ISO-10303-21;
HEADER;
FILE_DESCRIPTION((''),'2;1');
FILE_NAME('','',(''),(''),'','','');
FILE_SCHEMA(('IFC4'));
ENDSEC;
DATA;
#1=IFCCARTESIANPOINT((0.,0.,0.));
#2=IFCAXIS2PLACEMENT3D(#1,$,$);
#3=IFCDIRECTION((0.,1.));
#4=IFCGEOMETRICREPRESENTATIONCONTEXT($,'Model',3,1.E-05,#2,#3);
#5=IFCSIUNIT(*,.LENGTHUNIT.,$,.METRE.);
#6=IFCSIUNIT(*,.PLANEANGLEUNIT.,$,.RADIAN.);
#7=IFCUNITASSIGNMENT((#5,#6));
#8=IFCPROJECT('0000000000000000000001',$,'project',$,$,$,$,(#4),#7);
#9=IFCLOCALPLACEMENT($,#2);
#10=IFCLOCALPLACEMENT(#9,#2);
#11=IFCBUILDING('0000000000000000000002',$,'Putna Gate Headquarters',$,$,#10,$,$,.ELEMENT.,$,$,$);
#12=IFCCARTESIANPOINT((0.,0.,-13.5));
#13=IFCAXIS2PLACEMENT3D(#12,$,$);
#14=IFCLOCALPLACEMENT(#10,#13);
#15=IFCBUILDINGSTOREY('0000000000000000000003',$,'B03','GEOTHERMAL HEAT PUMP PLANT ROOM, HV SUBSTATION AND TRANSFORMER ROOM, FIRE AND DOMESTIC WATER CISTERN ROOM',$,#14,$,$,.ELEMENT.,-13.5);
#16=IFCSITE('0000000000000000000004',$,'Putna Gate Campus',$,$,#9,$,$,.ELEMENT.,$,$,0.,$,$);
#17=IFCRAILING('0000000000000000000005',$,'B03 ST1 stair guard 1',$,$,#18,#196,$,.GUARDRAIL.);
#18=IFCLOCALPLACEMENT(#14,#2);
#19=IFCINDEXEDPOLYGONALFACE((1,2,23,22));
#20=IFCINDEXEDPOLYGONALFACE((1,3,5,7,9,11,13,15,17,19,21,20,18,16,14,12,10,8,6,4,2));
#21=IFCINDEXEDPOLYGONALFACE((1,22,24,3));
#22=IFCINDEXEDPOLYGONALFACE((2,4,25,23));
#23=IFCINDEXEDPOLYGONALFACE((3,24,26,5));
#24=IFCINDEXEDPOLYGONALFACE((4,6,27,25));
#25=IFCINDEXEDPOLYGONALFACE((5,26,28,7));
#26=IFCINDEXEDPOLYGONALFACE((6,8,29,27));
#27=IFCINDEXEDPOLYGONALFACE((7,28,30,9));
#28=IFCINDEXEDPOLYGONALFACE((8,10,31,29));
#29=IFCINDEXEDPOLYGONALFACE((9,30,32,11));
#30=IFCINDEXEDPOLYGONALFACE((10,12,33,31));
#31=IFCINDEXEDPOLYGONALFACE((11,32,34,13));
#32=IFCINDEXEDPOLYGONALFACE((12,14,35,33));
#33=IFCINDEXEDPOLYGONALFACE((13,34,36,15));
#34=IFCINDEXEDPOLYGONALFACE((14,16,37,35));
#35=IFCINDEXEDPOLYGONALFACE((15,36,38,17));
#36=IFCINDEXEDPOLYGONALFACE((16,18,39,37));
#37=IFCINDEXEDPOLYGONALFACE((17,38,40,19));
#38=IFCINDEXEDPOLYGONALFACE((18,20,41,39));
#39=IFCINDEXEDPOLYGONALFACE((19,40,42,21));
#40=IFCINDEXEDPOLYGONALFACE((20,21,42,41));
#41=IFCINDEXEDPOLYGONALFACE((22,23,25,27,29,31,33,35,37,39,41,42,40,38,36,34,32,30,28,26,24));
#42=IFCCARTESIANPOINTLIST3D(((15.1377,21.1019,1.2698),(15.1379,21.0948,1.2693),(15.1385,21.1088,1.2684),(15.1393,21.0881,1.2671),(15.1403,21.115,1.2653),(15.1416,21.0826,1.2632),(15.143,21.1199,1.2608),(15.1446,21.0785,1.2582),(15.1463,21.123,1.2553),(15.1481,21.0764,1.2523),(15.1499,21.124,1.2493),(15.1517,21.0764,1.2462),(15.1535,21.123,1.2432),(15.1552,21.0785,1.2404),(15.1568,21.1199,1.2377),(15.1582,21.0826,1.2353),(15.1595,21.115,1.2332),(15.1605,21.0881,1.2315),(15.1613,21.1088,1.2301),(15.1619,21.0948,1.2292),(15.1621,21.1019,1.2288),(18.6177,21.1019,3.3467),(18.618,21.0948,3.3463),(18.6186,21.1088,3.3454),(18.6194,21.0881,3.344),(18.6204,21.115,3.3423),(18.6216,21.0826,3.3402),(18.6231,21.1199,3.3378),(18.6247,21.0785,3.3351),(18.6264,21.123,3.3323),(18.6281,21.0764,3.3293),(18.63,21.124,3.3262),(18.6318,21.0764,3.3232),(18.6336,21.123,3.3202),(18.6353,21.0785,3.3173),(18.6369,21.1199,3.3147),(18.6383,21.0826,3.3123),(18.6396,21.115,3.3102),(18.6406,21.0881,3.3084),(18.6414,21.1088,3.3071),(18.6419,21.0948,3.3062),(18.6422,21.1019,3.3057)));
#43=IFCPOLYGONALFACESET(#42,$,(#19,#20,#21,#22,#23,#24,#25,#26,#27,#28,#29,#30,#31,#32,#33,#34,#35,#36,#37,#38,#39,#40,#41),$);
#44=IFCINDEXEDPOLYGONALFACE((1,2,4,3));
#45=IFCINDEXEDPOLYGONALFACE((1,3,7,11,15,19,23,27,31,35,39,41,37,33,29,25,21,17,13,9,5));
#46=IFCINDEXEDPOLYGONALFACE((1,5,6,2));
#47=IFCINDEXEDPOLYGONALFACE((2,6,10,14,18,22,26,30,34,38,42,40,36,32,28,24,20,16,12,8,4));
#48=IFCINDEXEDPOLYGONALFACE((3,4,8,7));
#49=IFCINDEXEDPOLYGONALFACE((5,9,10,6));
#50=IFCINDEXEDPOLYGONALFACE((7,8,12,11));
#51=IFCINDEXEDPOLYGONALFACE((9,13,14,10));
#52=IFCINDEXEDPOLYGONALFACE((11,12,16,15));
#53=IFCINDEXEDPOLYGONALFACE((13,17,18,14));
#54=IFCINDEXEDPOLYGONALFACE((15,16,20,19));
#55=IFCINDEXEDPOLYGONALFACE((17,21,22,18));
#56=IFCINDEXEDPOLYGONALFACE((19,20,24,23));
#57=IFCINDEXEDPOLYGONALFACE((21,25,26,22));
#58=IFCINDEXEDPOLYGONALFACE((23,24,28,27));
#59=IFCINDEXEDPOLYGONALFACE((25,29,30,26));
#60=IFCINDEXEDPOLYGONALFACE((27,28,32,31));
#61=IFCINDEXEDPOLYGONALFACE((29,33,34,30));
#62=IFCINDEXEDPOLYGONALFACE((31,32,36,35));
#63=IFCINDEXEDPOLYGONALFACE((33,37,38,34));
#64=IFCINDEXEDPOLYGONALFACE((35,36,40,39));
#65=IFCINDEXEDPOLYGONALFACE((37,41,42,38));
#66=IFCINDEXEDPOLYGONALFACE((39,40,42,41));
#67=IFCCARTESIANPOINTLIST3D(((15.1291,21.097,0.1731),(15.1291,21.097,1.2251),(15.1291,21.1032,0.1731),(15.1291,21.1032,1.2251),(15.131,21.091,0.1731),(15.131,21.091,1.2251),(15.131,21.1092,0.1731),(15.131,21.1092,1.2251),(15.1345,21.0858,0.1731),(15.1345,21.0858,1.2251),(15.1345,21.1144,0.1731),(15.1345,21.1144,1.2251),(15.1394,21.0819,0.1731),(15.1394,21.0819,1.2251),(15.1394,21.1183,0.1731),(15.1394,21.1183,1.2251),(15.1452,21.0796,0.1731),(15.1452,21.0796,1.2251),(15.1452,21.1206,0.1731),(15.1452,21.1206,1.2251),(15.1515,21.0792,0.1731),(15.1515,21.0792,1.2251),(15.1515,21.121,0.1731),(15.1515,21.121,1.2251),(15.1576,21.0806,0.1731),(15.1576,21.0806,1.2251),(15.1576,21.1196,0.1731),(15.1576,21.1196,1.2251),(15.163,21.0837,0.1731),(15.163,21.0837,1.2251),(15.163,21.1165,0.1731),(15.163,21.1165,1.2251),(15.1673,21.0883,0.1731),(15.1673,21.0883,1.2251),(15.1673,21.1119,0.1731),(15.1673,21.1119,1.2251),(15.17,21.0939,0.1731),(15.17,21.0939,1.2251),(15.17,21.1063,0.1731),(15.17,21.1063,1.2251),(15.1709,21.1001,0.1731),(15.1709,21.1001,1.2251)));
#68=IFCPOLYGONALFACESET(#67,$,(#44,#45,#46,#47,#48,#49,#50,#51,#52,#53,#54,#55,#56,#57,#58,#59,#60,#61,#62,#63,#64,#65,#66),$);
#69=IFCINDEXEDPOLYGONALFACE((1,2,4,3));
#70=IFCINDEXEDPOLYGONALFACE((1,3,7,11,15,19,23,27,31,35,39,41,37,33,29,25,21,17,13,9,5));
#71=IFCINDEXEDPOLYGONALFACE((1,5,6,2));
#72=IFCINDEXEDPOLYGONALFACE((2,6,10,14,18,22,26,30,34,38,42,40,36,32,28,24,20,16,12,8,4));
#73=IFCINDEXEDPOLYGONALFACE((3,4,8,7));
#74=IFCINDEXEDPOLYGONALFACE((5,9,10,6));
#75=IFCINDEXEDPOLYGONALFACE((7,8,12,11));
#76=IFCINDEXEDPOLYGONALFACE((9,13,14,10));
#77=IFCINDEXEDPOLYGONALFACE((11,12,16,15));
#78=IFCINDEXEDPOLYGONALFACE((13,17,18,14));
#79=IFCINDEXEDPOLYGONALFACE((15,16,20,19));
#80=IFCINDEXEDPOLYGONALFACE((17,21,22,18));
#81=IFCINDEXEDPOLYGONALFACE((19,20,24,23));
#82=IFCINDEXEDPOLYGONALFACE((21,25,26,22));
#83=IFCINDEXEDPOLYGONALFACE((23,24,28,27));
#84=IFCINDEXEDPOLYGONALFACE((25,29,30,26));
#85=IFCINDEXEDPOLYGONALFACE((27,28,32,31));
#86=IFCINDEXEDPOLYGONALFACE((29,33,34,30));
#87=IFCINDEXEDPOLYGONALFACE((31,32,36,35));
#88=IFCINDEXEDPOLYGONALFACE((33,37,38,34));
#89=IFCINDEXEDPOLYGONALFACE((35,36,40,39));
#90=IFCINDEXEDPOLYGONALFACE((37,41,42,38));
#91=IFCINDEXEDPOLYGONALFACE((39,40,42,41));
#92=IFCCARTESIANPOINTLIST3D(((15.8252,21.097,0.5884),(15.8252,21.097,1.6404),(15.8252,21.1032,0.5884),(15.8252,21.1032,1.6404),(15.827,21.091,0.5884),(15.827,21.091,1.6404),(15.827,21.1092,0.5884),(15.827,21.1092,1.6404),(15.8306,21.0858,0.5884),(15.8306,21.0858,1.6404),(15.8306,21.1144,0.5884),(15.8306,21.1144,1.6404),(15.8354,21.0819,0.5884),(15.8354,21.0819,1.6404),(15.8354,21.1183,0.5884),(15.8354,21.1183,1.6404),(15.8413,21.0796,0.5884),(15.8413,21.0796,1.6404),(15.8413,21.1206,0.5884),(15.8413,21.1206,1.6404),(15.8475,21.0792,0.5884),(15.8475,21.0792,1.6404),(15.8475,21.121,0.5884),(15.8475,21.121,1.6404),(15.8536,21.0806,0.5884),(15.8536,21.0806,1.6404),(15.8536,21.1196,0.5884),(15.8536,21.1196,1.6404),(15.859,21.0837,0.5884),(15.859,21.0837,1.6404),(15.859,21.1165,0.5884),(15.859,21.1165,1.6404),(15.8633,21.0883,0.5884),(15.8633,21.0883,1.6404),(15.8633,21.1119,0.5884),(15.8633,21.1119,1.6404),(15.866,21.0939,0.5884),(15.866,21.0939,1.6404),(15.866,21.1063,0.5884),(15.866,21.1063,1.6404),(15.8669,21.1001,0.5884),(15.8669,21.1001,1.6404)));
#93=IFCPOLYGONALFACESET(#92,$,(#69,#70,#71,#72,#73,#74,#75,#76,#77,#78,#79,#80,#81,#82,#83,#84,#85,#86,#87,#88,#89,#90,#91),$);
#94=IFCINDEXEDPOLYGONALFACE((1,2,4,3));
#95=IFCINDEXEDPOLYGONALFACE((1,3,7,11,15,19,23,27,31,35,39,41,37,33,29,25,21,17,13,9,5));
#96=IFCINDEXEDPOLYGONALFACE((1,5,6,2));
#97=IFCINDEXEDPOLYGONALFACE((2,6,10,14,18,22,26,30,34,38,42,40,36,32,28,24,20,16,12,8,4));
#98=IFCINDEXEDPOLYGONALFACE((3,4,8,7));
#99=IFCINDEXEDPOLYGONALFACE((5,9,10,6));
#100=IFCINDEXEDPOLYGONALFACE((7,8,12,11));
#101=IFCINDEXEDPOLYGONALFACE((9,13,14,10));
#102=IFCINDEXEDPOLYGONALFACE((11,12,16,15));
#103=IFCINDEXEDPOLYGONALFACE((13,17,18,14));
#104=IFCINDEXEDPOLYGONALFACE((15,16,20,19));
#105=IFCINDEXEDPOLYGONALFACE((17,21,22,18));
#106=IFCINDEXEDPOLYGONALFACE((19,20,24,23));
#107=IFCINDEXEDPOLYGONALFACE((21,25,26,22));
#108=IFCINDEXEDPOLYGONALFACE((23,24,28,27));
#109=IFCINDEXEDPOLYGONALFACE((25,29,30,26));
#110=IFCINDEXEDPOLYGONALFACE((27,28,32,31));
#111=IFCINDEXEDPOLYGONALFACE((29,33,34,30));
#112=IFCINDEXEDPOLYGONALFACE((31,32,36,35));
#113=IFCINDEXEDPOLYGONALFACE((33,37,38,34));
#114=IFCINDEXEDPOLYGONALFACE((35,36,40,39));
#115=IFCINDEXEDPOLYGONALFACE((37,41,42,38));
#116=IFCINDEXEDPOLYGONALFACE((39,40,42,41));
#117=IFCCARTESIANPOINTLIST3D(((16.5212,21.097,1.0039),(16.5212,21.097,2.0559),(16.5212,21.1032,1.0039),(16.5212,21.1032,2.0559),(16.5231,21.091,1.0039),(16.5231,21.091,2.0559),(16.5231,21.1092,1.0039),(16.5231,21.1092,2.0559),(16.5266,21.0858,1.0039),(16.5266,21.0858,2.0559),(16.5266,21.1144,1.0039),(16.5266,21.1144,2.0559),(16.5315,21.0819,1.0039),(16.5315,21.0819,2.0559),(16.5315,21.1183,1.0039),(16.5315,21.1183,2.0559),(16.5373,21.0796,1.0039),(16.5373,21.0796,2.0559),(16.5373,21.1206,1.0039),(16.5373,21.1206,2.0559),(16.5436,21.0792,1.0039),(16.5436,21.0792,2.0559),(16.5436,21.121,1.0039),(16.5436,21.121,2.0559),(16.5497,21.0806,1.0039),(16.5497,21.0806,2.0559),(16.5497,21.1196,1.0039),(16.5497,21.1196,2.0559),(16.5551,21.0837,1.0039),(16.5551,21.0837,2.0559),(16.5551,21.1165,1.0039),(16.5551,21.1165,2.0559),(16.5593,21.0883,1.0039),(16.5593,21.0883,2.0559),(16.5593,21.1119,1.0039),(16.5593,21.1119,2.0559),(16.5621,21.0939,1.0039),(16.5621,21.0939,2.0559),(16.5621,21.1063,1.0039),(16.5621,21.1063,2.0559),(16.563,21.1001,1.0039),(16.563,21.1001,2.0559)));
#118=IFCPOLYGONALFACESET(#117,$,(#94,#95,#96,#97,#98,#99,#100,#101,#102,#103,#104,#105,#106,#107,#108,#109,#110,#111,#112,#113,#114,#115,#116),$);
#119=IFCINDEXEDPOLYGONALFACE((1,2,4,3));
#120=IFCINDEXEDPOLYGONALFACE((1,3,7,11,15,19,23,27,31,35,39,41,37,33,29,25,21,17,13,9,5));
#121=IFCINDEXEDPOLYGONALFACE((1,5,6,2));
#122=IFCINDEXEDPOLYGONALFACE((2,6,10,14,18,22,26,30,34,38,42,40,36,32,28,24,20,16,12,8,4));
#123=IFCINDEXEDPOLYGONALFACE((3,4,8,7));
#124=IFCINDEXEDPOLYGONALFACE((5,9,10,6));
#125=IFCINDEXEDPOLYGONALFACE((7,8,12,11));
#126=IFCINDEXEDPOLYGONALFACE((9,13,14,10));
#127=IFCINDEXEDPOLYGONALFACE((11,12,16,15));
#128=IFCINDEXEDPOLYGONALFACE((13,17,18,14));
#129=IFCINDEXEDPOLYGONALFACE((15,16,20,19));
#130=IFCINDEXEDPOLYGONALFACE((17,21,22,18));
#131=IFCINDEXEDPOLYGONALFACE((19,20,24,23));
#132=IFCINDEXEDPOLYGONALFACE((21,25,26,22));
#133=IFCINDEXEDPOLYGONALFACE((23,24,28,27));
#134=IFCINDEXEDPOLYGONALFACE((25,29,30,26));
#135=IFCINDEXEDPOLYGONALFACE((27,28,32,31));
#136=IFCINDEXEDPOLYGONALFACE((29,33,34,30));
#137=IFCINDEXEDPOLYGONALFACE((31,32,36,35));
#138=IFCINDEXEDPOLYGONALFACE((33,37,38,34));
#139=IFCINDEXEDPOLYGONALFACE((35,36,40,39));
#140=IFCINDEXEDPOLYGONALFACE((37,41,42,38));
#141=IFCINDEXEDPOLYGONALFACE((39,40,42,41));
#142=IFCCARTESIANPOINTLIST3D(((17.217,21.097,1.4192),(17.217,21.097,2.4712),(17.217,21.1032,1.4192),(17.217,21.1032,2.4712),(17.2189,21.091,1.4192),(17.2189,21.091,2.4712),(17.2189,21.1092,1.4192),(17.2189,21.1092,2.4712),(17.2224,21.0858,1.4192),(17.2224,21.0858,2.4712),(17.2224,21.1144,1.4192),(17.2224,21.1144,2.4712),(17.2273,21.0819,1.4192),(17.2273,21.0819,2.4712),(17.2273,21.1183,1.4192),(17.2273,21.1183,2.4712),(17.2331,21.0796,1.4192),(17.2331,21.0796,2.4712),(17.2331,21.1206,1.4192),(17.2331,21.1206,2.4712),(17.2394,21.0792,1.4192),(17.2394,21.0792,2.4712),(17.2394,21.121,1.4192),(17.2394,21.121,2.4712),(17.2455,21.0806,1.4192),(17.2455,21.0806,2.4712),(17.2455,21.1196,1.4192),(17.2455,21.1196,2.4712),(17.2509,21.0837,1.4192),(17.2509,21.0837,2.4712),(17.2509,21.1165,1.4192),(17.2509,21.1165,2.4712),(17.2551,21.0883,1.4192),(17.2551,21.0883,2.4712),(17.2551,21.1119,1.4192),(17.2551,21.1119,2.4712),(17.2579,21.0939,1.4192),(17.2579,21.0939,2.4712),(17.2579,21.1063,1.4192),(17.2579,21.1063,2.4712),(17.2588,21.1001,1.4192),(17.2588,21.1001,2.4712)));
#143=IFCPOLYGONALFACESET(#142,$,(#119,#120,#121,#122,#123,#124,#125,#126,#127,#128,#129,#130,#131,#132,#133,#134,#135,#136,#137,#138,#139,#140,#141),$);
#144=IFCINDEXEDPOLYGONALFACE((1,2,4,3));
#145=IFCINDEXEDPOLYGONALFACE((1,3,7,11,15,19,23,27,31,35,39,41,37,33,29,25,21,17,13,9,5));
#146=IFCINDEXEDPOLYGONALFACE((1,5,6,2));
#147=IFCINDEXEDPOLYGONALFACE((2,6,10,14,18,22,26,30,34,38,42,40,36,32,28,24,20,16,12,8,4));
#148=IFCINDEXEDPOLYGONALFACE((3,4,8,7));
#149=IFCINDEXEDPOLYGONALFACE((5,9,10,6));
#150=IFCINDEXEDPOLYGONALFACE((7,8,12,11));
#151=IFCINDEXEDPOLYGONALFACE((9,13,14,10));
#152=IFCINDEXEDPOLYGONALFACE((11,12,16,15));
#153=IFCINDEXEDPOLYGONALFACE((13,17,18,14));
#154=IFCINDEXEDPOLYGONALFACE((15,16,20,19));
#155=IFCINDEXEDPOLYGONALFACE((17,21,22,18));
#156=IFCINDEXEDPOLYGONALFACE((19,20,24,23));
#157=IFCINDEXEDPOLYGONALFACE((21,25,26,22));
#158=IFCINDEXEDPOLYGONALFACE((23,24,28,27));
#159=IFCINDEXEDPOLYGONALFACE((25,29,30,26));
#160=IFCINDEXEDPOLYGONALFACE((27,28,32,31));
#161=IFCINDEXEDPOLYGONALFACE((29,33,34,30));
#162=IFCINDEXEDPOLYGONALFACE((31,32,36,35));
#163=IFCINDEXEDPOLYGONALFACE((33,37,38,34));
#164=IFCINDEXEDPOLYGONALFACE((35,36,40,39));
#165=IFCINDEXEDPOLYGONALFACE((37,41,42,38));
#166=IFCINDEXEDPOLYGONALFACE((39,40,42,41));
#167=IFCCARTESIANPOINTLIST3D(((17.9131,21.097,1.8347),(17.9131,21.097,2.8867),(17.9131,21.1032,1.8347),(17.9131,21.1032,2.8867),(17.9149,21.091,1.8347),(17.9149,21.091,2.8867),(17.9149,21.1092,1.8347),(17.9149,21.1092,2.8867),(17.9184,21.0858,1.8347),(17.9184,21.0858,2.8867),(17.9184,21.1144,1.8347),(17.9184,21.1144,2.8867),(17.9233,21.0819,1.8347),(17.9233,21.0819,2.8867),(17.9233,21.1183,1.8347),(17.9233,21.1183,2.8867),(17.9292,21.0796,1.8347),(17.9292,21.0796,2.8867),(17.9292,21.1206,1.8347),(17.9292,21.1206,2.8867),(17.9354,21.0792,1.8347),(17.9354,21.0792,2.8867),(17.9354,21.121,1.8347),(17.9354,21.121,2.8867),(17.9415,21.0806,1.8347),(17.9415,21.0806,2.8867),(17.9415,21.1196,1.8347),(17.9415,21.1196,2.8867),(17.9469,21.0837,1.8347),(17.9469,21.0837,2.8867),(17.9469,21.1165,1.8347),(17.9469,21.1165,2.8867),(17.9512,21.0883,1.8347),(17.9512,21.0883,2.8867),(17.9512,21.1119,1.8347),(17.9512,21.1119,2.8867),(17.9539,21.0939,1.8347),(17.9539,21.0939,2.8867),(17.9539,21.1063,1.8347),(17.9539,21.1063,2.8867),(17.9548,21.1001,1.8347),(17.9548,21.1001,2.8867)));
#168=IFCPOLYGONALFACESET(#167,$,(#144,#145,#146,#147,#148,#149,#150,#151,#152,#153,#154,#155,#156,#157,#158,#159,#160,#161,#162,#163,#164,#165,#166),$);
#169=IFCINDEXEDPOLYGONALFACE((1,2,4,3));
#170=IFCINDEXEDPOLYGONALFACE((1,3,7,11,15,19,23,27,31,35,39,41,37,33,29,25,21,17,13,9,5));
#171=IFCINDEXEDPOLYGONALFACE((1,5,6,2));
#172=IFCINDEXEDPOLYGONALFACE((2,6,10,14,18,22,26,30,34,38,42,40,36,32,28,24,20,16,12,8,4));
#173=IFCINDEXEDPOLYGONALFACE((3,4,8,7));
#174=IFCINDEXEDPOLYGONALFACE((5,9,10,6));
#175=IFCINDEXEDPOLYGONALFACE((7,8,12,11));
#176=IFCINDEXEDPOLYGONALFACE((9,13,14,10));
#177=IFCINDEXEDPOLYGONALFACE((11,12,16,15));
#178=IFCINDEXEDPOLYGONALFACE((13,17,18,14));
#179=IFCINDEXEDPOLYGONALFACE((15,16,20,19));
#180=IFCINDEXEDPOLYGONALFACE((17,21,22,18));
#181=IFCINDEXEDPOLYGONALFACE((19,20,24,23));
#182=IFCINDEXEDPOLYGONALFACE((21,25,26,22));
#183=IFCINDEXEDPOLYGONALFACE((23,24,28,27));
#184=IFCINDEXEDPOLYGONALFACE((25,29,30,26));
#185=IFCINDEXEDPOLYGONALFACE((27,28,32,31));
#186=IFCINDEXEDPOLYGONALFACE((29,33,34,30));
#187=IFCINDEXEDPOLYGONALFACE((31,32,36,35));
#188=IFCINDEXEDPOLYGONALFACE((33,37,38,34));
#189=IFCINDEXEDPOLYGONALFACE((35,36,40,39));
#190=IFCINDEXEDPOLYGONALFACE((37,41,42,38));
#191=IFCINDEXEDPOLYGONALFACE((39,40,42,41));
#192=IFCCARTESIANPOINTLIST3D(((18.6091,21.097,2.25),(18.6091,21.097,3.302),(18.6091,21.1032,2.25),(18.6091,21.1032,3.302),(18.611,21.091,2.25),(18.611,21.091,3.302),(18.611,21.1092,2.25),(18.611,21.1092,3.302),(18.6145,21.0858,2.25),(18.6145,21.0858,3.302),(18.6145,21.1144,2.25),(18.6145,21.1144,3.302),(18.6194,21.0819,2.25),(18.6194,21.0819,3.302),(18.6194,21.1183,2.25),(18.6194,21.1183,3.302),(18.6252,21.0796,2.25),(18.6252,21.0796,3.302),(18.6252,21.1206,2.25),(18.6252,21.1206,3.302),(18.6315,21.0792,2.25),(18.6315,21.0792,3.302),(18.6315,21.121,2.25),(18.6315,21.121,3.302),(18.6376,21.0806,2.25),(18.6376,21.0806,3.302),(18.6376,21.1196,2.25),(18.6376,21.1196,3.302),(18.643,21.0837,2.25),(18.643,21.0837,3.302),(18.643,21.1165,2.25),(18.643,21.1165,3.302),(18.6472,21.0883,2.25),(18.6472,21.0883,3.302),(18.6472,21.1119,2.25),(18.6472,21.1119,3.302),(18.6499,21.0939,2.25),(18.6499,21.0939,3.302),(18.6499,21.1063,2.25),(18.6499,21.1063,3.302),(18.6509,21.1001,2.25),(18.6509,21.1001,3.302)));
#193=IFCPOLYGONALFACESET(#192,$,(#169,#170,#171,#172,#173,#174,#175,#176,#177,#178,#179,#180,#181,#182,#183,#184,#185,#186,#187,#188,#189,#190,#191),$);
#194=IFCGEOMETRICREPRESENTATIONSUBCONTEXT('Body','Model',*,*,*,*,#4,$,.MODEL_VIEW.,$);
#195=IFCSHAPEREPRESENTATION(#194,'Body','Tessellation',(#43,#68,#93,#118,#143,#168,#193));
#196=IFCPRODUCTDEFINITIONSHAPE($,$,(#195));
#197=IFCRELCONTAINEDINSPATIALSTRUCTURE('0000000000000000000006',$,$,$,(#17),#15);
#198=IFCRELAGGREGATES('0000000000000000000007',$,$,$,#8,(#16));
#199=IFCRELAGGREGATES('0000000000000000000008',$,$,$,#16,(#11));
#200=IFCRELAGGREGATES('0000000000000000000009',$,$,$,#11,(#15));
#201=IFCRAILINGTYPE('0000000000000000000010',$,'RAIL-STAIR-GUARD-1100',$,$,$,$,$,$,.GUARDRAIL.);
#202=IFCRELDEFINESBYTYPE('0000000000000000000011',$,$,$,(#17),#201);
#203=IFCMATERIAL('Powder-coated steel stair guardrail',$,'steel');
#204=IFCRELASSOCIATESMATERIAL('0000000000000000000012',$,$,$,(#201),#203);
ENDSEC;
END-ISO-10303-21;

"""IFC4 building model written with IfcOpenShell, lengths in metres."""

from ifc_helpers import new_model, si_unit, direction, frame, origin, origin_2d, place, context, subcontext, project, spatial, circle, extrude, material, type_object, element, save


model = new_model("IFC4")

# Units and contexts
model_context = context("Model", 3, precision=1e-05, world=origin(), true_north=direction((0.0, 1.0)))
body_context = subcontext(model_context, "Body", "Model", "MODEL_VIEW")
ifc_project = project(units=[si_unit("LENGTHUNIT", "METRE"), si_unit("PLANEANGLEUNIT", "RADIAN")], contexts=[model_context])

# Site, building, storey
site_placement = place(None, origin())
site = spatial("IfcSite", under=ifc_project, at=site_placement, Name="Putna Gate Campus", CompositionType="ELEMENT", RefElevation=0.0)
building_placement = place(site_placement, origin())
building = spatial("IfcBuilding", under=site, at=building_placement, Name="Putna Gate Headquarters", CompositionType="ELEMENT")
storey_placement = place(building_placement, frame((0.0, 0.0, -13.5)))
storey = spatial("IfcBuildingStorey", under=building, at=storey_placement, Name="B03", Description="GEOTHERMAL HEAT PUMP PLANT ROOM, HV SUBSTATION AND TRANSFORMER ROOM, FIRE AND DOMESTIC WATER CISTERN ROOM", CompositionType="ELEMENT", Elevation=-13.5)

# Railing
ifc_material_1 = material(Name="Powder-coated steel stair guardrail", Category="steel")
railing_type_1 = type_object("IfcRailingType", Name="RAIL-STAIR-GUARD-1100", PredefinedType="GUARDRAIL", material=ifc_material_1)
railing_1_placement = place(storey_placement, frame((15.1499, 21.1001, 0.1731)))
element("IfcRailing", 1, at=railing_1_placement, inside=storey, type_object=railing_type_1, Name="B03 ST1 stair guard 1", PredefinedType="GUARDRAIL", context=body_context, shape_type="SweptSolid", body=[
    extrude(circle(Radius=0.0239, at=origin_2d()), frame((0.0, 0.0, 1.0762), z_axis=(0.858697, 0.0, 0.512483), x_axis=(0.0, 1.0, 0.0)), (0.0, 0.0, 1.0), 4.0527),
    extrude(circle(Radius=0.021, at=origin_2d()), origin(), (0.0, 0.0, 1.0), 1.052),
    extrude(circle(Radius=0.021, at=origin_2d()), frame((0.696, 0.0, 0.4153)), (0.0, 0.0, 1.0), 1.052),
    extrude(circle(Radius=0.021, at=origin_2d()), frame((1.3921, 0.0, 0.8308)), (0.0, 0.0, 1.0), 1.052),
    extrude(circle(Radius=0.021, at=origin_2d()), frame((2.0879, 0.0, 1.2461)), (0.0, 0.0, 1.0), 1.052),
    extrude(circle(Radius=0.021, at=origin_2d()), frame((2.7839, 0.0, 1.6616)), (0.0, 0.0, 1.0), 1.052),
    extrude(circle(Radius=0.021, at=origin_2d()), frame((3.48, 0.0, 2.0769)), (0.0, 0.0, 1.0), 1.052),
])

save(model, "model.ifc")
